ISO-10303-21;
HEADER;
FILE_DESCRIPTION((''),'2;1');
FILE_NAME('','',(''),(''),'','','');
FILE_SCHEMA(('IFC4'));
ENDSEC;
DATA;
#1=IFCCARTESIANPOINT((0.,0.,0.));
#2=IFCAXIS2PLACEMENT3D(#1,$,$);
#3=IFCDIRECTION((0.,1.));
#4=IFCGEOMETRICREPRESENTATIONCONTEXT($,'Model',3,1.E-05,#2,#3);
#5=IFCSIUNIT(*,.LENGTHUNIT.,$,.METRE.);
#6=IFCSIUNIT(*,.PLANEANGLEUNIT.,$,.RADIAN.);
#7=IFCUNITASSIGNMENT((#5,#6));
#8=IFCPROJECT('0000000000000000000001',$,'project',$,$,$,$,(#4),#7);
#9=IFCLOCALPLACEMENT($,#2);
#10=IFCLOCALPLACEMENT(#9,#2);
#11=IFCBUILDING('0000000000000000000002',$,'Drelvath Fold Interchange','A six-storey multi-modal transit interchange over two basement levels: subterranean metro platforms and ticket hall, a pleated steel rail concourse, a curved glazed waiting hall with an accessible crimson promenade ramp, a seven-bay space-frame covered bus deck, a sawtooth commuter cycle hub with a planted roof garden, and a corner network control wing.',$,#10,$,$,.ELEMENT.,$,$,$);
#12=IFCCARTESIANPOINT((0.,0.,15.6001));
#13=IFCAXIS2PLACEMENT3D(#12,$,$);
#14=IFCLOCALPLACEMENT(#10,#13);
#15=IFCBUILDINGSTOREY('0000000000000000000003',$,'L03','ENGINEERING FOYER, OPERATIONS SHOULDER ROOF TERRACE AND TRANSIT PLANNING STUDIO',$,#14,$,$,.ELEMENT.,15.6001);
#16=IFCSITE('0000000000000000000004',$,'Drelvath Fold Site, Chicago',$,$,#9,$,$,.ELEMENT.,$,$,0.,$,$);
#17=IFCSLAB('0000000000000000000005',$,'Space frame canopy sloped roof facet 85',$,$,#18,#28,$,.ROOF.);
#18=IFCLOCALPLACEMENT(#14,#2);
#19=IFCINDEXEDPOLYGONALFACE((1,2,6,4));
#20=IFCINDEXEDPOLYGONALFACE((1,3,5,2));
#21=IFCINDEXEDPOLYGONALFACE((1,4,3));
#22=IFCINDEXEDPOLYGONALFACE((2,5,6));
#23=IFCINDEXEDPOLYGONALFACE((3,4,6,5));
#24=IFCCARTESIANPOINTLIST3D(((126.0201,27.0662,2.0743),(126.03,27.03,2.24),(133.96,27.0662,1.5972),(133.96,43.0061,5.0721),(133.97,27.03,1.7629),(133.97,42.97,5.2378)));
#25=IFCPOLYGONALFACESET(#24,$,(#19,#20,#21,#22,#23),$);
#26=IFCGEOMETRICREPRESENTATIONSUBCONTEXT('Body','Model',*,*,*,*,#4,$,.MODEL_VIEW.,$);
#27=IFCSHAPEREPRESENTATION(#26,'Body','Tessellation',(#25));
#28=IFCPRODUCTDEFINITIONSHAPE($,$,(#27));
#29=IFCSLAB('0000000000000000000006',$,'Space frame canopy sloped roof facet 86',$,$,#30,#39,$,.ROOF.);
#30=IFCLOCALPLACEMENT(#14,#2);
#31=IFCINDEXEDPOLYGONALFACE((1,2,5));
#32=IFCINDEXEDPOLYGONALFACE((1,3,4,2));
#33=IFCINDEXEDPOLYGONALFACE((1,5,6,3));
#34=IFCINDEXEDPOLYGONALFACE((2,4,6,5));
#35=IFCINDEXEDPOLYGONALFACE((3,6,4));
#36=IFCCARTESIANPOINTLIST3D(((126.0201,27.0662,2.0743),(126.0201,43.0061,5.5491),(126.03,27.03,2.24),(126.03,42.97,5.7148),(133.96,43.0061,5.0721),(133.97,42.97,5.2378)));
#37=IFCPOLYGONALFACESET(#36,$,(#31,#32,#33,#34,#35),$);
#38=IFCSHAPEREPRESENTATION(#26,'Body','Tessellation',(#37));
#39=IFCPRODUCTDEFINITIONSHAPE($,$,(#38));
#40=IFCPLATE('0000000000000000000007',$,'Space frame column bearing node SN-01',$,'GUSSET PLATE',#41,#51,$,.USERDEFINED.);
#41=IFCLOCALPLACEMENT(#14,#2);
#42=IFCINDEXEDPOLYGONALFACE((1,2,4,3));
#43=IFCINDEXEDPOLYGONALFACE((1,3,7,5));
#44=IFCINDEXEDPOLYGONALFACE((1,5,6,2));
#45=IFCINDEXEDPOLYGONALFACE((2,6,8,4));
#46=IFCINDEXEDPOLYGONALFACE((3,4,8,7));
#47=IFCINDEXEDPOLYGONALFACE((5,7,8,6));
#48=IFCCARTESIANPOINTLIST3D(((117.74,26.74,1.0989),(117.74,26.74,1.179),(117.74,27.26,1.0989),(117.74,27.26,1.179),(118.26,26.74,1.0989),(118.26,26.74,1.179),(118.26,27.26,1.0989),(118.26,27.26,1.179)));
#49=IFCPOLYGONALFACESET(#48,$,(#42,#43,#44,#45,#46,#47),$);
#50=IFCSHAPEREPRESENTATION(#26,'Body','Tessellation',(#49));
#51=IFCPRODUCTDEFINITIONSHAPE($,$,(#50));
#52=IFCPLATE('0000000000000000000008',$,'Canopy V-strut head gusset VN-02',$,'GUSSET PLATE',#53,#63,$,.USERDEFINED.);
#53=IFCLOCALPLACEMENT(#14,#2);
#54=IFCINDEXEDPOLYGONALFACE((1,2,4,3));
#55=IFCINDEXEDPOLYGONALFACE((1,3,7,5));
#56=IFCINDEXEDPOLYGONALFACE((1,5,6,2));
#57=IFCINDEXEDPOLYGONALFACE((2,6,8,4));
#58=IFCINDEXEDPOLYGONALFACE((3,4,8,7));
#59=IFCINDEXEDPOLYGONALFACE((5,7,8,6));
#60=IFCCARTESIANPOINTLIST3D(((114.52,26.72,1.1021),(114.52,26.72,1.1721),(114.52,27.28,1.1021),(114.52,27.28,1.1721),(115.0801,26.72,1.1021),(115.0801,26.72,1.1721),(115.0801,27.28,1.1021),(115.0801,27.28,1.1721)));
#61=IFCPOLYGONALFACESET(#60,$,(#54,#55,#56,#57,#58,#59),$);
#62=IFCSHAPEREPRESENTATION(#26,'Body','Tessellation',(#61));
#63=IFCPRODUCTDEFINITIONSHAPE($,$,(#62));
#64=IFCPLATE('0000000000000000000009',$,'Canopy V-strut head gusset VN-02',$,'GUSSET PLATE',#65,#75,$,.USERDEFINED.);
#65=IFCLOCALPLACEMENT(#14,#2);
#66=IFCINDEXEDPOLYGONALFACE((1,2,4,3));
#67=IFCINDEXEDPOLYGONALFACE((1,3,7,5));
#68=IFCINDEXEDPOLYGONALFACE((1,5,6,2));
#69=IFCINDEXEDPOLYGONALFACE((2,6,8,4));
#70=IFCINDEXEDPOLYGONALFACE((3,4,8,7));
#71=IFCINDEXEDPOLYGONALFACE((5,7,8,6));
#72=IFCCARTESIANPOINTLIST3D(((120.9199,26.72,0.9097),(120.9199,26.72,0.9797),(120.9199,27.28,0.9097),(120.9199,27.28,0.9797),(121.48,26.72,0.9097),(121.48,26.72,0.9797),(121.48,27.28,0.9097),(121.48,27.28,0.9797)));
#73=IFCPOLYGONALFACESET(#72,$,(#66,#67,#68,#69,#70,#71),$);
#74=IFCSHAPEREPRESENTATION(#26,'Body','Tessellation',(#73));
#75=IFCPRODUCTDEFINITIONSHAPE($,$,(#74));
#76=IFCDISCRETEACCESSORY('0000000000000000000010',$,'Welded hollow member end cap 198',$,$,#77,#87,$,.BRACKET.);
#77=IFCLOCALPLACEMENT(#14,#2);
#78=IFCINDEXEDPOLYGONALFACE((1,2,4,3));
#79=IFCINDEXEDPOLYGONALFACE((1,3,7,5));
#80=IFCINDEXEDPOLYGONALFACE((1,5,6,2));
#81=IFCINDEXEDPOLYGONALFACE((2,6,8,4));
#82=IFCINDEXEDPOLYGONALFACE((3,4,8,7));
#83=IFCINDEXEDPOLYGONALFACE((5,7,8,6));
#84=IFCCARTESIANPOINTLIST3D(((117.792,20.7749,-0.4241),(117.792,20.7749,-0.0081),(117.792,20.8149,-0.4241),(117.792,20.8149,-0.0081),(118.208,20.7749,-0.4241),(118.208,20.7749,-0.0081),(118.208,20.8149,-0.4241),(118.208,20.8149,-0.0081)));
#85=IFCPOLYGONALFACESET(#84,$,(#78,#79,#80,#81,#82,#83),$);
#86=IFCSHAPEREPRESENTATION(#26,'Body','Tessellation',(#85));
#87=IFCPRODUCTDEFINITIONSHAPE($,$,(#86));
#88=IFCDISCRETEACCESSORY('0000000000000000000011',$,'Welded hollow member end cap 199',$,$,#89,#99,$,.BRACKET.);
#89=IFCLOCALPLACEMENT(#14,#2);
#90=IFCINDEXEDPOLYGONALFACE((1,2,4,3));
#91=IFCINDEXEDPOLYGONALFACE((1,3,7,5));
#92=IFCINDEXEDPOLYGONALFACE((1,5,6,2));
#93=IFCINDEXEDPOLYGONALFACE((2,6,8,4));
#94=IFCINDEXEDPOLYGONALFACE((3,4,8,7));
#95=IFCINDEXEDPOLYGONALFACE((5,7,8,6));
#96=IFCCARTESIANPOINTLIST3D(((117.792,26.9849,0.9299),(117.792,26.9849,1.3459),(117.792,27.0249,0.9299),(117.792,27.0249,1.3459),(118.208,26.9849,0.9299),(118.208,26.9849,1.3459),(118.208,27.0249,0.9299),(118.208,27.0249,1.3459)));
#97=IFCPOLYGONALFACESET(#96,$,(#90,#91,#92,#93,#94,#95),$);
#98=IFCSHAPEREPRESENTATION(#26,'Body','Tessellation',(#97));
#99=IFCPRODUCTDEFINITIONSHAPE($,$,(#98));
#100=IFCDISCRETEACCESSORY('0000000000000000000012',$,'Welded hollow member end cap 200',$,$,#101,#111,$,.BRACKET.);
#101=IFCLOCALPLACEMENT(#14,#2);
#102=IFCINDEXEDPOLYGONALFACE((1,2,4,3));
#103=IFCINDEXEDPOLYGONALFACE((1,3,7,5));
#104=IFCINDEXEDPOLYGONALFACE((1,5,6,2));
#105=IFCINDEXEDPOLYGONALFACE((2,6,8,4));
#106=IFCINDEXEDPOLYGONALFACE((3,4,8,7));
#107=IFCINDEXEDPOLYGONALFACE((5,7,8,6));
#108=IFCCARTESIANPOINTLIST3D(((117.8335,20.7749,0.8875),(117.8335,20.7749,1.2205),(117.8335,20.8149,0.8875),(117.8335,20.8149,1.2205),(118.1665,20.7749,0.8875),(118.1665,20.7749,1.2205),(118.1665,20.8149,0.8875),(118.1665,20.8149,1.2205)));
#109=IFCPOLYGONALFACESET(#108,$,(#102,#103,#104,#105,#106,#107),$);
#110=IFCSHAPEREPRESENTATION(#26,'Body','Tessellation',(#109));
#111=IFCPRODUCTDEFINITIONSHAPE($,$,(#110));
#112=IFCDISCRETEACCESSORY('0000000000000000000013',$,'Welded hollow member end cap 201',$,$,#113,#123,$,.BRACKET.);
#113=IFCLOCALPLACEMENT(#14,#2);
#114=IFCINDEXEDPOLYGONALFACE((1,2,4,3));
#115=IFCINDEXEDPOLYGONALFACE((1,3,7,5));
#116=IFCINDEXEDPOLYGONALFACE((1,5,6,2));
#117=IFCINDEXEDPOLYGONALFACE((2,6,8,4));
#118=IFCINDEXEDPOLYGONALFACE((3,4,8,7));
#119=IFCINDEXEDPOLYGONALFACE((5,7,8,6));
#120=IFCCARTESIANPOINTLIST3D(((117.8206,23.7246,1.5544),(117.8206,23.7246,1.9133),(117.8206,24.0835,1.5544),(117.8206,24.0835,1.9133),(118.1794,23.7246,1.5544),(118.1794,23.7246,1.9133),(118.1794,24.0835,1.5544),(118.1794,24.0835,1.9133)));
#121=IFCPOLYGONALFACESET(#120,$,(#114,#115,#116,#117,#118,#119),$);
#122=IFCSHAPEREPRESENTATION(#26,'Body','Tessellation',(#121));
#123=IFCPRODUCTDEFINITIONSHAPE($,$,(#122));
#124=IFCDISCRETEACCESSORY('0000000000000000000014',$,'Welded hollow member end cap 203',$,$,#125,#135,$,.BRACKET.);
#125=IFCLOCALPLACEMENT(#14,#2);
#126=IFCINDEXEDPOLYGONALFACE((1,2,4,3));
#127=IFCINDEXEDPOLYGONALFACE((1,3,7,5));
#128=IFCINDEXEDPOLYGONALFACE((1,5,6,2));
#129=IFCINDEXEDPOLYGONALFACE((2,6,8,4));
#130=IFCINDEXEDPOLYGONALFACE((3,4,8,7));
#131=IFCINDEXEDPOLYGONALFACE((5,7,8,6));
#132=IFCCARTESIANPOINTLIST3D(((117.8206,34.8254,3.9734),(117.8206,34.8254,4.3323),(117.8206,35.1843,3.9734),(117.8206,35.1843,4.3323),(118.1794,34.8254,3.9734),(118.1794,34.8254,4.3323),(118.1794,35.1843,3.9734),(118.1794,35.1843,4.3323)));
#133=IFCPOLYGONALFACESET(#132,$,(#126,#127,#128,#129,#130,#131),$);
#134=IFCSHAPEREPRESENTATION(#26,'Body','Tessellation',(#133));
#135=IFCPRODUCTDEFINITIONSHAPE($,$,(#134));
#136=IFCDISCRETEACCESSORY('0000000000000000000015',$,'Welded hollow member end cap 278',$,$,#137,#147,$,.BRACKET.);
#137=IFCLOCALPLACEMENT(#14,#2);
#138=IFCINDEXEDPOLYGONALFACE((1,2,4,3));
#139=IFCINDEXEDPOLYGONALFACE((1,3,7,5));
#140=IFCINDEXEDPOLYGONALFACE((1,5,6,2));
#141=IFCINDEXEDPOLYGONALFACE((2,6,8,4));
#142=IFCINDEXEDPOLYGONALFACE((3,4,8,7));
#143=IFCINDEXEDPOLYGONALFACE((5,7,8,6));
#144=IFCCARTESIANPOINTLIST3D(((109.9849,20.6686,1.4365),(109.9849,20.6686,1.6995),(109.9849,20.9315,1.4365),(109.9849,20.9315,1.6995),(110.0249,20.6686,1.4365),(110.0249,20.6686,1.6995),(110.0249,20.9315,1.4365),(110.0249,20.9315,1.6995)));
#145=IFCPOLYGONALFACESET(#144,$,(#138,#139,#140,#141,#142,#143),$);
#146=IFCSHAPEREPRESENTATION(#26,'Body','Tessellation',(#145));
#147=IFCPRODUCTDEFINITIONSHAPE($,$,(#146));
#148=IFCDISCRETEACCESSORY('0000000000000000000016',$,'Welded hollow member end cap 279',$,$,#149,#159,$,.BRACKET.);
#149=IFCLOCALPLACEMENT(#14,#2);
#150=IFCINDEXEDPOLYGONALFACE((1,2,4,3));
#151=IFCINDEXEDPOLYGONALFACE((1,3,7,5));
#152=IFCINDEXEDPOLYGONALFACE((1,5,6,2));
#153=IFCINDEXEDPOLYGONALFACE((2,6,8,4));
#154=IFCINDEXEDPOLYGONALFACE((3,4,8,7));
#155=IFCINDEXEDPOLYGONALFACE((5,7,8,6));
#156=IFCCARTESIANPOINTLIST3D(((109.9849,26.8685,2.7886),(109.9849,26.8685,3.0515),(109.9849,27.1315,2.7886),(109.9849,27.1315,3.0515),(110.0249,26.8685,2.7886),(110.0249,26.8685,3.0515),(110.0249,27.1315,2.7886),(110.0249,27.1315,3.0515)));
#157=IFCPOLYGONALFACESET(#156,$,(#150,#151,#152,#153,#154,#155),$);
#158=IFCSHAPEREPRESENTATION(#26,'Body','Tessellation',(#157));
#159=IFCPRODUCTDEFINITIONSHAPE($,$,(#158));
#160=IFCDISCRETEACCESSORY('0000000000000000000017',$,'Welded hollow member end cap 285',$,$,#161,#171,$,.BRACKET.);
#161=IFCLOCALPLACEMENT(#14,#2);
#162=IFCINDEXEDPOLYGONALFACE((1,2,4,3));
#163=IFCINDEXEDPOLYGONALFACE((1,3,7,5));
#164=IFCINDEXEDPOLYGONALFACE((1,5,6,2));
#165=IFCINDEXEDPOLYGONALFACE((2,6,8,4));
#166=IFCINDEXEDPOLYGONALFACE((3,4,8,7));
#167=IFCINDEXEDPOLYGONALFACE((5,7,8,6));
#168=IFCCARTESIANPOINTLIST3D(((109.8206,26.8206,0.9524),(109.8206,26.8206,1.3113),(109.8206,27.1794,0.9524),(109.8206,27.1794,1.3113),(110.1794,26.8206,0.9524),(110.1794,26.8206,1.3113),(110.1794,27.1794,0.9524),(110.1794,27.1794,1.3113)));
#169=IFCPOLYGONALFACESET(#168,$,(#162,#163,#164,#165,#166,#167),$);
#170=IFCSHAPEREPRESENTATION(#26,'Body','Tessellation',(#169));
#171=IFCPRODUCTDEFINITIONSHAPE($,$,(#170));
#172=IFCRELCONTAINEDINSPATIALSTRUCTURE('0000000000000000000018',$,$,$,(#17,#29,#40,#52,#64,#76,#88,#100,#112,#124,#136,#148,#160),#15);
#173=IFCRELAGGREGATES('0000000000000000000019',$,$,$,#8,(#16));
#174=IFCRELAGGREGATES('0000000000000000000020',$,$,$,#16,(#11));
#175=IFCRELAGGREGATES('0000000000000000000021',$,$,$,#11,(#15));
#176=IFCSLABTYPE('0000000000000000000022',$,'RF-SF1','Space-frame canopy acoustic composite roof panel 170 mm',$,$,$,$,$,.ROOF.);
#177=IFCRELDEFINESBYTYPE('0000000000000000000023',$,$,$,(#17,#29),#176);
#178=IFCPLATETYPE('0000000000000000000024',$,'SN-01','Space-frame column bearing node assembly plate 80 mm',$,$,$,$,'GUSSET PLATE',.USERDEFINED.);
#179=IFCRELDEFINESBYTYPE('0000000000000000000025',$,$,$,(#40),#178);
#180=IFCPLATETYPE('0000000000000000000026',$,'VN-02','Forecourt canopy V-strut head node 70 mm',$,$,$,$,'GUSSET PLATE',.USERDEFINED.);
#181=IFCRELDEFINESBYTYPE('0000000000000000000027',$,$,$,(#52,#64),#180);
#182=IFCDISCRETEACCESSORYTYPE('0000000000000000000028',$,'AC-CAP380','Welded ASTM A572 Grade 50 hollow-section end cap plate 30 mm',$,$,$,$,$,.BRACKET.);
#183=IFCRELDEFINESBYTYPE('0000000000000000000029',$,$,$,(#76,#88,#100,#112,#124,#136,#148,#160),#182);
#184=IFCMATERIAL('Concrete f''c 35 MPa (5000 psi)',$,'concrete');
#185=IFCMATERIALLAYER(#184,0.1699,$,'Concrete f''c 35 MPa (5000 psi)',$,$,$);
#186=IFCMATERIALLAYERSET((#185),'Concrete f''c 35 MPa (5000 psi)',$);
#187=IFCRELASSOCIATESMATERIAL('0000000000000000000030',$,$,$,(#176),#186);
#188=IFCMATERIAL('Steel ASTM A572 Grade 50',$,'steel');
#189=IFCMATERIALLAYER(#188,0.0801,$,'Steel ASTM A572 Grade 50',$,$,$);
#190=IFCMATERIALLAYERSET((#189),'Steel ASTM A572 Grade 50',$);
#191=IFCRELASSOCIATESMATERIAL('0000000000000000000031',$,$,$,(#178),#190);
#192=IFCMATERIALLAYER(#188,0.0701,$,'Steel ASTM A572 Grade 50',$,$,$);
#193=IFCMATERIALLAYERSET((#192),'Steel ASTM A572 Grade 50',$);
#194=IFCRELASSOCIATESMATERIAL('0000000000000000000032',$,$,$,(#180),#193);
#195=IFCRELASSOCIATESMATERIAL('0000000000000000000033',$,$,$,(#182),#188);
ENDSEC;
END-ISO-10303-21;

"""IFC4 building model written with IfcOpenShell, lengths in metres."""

from ifc_helpers import new_model, si_unit, direction, frame, origin, origin_2d, place, context, subcontext, project, spatial, polyline, rectangle, outline, extrude, material, layer, layer_set, type_object, element, save


model = new_model("IFC4")

# Units and contexts
model_context = context("Model", 3, precision=1e-05, world=origin(), true_north=direction((0.0, 1.0)))
body_context = subcontext(model_context, "Body", "Model", "MODEL_VIEW")
ifc_project = project(units=[si_unit("LENGTHUNIT", "METRE"), si_unit("PLANEANGLEUNIT", "RADIAN")], contexts=[model_context])

# Site, building, storey
site_placement = place(None, origin())
site = spatial("IfcSite", under=ifc_project, at=site_placement, Name="Drelvath Fold Site, Chicago", CompositionType="ELEMENT", RefElevation=0.0)
building_placement = place(site_placement, origin())
building = spatial("IfcBuilding", under=site, at=building_placement, Name="Drelvath Fold Interchange", Description="A six-storey multi-modal transit interchange over two basement levels: subterranean metro platforms and ticket hall, a pleated steel rail concourse, a curved glazed waiting hall with an accessible crimson promenade ramp, a seven-bay space-frame covered bus deck, a sawtooth commuter cycle hub with a planted roof garden, and a corner network control wing.", CompositionType="ELEMENT")
storey_placement = place(building_placement, frame((0.0, 0.0, 15.6001)))
storey = spatial("IfcBuildingStorey", under=building, at=storey_placement, Name="L03", Description="ENGINEERING FOYER, OPERATIONS SHOULDER ROOF TERRACE AND TRANSIT PLANNING STUDIO", CompositionType="ELEMENT", Elevation=15.6001)

# Slabs
ifc_material_1 = material(Name="Concrete f'c 35 MPa (5000 psi)", Category="concrete")
ifc_layer_1 = layer(ifc_material_1, 0.1699, Name="Concrete f'c 35 MPa (5000 psi)")
ifc_layer_set_1 = layer_set([ifc_layer_1], Name="Concrete f'c 35 MPa (5000 psi)")
slab_type = type_object("IfcSlabType", Name="RF-SF1", Description="Space-frame canopy acoustic composite roof panel 170 mm", PredefinedType="ROOF", material=ifc_layer_set_1)
slab_1_placement = place(storey_placement, frame((126.03, 27.03, 2.24), z_axis=(0.058603, -0.212628, 0.975374), x_axis=(0.9982, 0.0, -0.059974)))
element("IfcSlab", 1, at=slab_1_placement, inside=storey, type_object=slab_type, Name="Space frame canopy sloped roof facet 85", PredefinedType="ROOF", context=body_context, shape_type="SweptSolid", body=[
    extrude(outline(polyline([(0.0, 0.0), (7.9543, 0.0), (7.7459, 16.313), (0.0, 0.0)])), origin(), (0.0, 0.0, -1.0), 0.1699),
])
slab_2_placement = place(storey_placement, frame((126.03, 27.03, 2.24), z_axis=(0.058603, -0.212628, 0.975374), x_axis=(0.439678, 0.882681, 0.166005)))
element("IfcSlab", 2, at=slab_2_placement, inside=storey, type_object=slab_type, Name="Space frame canopy sloped roof facet 86", PredefinedType="ROOF", context=body_context, shape_type="SweptSolid", body=[
    extrude(outline(polyline([(0.0, 0.0), (18.0585, 0.0), (14.6467, 7.1854), (0.0, 0.0)])), origin(), (0.0, 0.0, -1.0), 0.1699),
])

# Plates
ifc_material_2 = material(Name="Steel ASTM A572 Grade 50", Category="steel")
ifc_layer_2 = layer(ifc_material_2, 0.0801, Name="Steel ASTM A572 Grade 50")
ifc_layer_set_2 = layer_set([ifc_layer_2], Name="Steel ASTM A572 Grade 50")
plate_type_1 = type_object("IfcPlateType", Name="SN-01", Description="Space-frame column bearing node assembly plate 80 mm", ElementType="GUSSET PLATE", PredefinedType="USERDEFINED", material=ifc_layer_set_2)
plate_placement = place(storey_placement, frame((118.0, 27.0, 1.0989), z_axis=(0.0, 0.0, 1.0), x_axis=(1.0, 0.0, 0.0)))
element("IfcPlate", 3, at=plate_placement, inside=storey, type_object=plate_type_1, Name="Space frame column bearing node SN-01", ObjectType="GUSSET PLATE", PredefinedType="USERDEFINED", context=body_context, shape_type="SweptSolid", body=[
    extrude(rectangle(XDim=0.52, YDim=0.52, at=origin_2d()), origin(), (0.0, 0.0, 1.0), 0.0801),
])
ifc_layer_3 = layer(ifc_material_2, 0.0701, Name="Steel ASTM A572 Grade 50")
ifc_layer_set_3 = layer_set([ifc_layer_3], Name="Steel ASTM A572 Grade 50")
plate_type_2 = type_object("IfcPlateType", Name="VN-02", Description="Forecourt canopy V-strut head node 70 mm", ElementType="GUSSET PLATE", PredefinedType="USERDEFINED", material=ifc_layer_set_3)
for number, where, z_axis, x_axis, name in (
    (4, (114.8, 27.0, 1.1021), (0.0, 0.0, 1.0), (1.0, 0.0, 0.0), "Canopy V-strut head gusset VN-02"),
    (5, (121.2, 27.0, 0.9097), (0.0, 0.0, 1.0), (1.0, 0.0, 0.0), "Canopy V-strut head gusset VN-02"),
):
    element("IfcPlate", number, at=place(storey_placement, frame(where, z_axis=z_axis, x_axis=x_axis)), inside=storey, type_object=plate_type_2, Name=name, ObjectType="GUSSET PLATE", PredefinedType="USERDEFINED", context=body_context, shape_type="SweptSolid", body=[
        extrude(rectangle(XDim=0.5601, YDim=0.5601, at=origin_2d()), origin(), (0.0, 0.0, 1.0), 0.0701),
    ])

# Discrete accessories
discrete_accessory_type = type_object("IfcDiscreteAccessoryType", Name="AC-CAP380", Description="Welded ASTM A572 Grade 50 hollow-section end cap plate 30 mm", PredefinedType="BRACKET", material=ifc_material_2)
for number, where, z_axis, x_axis, name in (
    (6, (118.0, 20.7949, -0.4241), (0.0, 0.0, 1.0), (1.0, 0.0, 0.0), "Welded hollow member end cap 198"),
    (7, (118.0, 27.0049, 0.9299), (0.0, 0.0, 1.0), (1.0, 0.0, 0.0), "Welded hollow member end cap 199"),
):
    element("IfcDiscreteAccessory", number, at=place(storey_placement, frame(where, z_axis=z_axis, x_axis=x_axis)), inside=storey, type_object=discrete_accessory_type, Name=name, PredefinedType="BRACKET", context=body_context, shape_type="SweptSolid", body=[
        extrude(rectangle(XDim=0.416, YDim=0.04, at=origin_2d()), origin(), (0.0, 0.0, 1.0), 0.416),
    ])
discrete_accessory_1_placement = place(storey_placement, frame((118.0, 20.7949, 0.8875), z_axis=(0.0, 0.0, 1.0), x_axis=(1.0, 0.0, 0.0)))
element("IfcDiscreteAccessory", 8, at=discrete_accessory_1_placement, inside=storey, type_object=discrete_accessory_type, Name="Welded hollow member end cap 200", PredefinedType="BRACKET", context=body_context, shape_type="SweptSolid", body=[
    extrude(rectangle(XDim=0.333, YDim=0.04, at=origin_2d()), origin(), (0.0, 0.0, 1.0), 0.333),
])
for number, where, z_axis, x_axis, name in (
    (9, (118.0, 23.9041, 1.5544), (0.0, 0.0, 1.0), (1.0, 0.0, 0.0), "Welded hollow member end cap 201"),
    (10, (118.0, 35.0049, 3.9734), (0.0, 0.0, 1.0), (1.0, 0.0, 0.0), "Welded hollow member end cap 203"),
):
    element("IfcDiscreteAccessory", number, at=place(storey_placement, frame(where, z_axis=z_axis, x_axis=x_axis)), inside=storey, type_object=discrete_accessory_type, Name=name, PredefinedType="BRACKET", context=body_context, shape_type="SweptSolid", body=[
        extrude(rectangle(XDim=0.3589, YDim=0.3589, at=origin_2d()), origin(), (0.0, 0.0, 1.0), 0.3589),
    ])
for number, where, z_axis, x_axis, name in (
    (11, (110.0049, 20.8, 1.4365), (0.0, 0.0, 1.0), (1.0, 0.0, 0.0), "Welded hollow member end cap 278"),
    (12, (110.0049, 27.0, 2.7886), (0.0, 0.0, 1.0), (1.0, 0.0, 0.0), "Welded hollow member end cap 279"),
):
    element("IfcDiscreteAccessory", number, at=place(storey_placement, frame(where, z_axis=z_axis, x_axis=x_axis)), inside=storey, type_object=discrete_accessory_type, Name=name, PredefinedType="BRACKET", context=body_context, shape_type="SweptSolid", body=[
        extrude(rectangle(XDim=0.04, YDim=0.2629, at=origin_2d()), origin(), (0.0, 0.0, 1.0), 0.2629),
    ])
discrete_accessory_2_placement = place(storey_placement, frame((110.0, 27.0, 0.9524), z_axis=(0.0, 0.0, 1.0), x_axis=(1.0, 0.0, 0.0)))
element("IfcDiscreteAccessory", 13, at=discrete_accessory_2_placement, inside=storey, type_object=discrete_accessory_type, Name="Welded hollow member end cap 285", PredefinedType="BRACKET", context=body_context, shape_type="SweptSolid", body=[
    extrude(rectangle(XDim=0.3589, YDim=0.3589, at=origin_2d()), origin(), (0.0, 0.0, 1.0), 0.3589),
])

save(model, "model.ifc")
